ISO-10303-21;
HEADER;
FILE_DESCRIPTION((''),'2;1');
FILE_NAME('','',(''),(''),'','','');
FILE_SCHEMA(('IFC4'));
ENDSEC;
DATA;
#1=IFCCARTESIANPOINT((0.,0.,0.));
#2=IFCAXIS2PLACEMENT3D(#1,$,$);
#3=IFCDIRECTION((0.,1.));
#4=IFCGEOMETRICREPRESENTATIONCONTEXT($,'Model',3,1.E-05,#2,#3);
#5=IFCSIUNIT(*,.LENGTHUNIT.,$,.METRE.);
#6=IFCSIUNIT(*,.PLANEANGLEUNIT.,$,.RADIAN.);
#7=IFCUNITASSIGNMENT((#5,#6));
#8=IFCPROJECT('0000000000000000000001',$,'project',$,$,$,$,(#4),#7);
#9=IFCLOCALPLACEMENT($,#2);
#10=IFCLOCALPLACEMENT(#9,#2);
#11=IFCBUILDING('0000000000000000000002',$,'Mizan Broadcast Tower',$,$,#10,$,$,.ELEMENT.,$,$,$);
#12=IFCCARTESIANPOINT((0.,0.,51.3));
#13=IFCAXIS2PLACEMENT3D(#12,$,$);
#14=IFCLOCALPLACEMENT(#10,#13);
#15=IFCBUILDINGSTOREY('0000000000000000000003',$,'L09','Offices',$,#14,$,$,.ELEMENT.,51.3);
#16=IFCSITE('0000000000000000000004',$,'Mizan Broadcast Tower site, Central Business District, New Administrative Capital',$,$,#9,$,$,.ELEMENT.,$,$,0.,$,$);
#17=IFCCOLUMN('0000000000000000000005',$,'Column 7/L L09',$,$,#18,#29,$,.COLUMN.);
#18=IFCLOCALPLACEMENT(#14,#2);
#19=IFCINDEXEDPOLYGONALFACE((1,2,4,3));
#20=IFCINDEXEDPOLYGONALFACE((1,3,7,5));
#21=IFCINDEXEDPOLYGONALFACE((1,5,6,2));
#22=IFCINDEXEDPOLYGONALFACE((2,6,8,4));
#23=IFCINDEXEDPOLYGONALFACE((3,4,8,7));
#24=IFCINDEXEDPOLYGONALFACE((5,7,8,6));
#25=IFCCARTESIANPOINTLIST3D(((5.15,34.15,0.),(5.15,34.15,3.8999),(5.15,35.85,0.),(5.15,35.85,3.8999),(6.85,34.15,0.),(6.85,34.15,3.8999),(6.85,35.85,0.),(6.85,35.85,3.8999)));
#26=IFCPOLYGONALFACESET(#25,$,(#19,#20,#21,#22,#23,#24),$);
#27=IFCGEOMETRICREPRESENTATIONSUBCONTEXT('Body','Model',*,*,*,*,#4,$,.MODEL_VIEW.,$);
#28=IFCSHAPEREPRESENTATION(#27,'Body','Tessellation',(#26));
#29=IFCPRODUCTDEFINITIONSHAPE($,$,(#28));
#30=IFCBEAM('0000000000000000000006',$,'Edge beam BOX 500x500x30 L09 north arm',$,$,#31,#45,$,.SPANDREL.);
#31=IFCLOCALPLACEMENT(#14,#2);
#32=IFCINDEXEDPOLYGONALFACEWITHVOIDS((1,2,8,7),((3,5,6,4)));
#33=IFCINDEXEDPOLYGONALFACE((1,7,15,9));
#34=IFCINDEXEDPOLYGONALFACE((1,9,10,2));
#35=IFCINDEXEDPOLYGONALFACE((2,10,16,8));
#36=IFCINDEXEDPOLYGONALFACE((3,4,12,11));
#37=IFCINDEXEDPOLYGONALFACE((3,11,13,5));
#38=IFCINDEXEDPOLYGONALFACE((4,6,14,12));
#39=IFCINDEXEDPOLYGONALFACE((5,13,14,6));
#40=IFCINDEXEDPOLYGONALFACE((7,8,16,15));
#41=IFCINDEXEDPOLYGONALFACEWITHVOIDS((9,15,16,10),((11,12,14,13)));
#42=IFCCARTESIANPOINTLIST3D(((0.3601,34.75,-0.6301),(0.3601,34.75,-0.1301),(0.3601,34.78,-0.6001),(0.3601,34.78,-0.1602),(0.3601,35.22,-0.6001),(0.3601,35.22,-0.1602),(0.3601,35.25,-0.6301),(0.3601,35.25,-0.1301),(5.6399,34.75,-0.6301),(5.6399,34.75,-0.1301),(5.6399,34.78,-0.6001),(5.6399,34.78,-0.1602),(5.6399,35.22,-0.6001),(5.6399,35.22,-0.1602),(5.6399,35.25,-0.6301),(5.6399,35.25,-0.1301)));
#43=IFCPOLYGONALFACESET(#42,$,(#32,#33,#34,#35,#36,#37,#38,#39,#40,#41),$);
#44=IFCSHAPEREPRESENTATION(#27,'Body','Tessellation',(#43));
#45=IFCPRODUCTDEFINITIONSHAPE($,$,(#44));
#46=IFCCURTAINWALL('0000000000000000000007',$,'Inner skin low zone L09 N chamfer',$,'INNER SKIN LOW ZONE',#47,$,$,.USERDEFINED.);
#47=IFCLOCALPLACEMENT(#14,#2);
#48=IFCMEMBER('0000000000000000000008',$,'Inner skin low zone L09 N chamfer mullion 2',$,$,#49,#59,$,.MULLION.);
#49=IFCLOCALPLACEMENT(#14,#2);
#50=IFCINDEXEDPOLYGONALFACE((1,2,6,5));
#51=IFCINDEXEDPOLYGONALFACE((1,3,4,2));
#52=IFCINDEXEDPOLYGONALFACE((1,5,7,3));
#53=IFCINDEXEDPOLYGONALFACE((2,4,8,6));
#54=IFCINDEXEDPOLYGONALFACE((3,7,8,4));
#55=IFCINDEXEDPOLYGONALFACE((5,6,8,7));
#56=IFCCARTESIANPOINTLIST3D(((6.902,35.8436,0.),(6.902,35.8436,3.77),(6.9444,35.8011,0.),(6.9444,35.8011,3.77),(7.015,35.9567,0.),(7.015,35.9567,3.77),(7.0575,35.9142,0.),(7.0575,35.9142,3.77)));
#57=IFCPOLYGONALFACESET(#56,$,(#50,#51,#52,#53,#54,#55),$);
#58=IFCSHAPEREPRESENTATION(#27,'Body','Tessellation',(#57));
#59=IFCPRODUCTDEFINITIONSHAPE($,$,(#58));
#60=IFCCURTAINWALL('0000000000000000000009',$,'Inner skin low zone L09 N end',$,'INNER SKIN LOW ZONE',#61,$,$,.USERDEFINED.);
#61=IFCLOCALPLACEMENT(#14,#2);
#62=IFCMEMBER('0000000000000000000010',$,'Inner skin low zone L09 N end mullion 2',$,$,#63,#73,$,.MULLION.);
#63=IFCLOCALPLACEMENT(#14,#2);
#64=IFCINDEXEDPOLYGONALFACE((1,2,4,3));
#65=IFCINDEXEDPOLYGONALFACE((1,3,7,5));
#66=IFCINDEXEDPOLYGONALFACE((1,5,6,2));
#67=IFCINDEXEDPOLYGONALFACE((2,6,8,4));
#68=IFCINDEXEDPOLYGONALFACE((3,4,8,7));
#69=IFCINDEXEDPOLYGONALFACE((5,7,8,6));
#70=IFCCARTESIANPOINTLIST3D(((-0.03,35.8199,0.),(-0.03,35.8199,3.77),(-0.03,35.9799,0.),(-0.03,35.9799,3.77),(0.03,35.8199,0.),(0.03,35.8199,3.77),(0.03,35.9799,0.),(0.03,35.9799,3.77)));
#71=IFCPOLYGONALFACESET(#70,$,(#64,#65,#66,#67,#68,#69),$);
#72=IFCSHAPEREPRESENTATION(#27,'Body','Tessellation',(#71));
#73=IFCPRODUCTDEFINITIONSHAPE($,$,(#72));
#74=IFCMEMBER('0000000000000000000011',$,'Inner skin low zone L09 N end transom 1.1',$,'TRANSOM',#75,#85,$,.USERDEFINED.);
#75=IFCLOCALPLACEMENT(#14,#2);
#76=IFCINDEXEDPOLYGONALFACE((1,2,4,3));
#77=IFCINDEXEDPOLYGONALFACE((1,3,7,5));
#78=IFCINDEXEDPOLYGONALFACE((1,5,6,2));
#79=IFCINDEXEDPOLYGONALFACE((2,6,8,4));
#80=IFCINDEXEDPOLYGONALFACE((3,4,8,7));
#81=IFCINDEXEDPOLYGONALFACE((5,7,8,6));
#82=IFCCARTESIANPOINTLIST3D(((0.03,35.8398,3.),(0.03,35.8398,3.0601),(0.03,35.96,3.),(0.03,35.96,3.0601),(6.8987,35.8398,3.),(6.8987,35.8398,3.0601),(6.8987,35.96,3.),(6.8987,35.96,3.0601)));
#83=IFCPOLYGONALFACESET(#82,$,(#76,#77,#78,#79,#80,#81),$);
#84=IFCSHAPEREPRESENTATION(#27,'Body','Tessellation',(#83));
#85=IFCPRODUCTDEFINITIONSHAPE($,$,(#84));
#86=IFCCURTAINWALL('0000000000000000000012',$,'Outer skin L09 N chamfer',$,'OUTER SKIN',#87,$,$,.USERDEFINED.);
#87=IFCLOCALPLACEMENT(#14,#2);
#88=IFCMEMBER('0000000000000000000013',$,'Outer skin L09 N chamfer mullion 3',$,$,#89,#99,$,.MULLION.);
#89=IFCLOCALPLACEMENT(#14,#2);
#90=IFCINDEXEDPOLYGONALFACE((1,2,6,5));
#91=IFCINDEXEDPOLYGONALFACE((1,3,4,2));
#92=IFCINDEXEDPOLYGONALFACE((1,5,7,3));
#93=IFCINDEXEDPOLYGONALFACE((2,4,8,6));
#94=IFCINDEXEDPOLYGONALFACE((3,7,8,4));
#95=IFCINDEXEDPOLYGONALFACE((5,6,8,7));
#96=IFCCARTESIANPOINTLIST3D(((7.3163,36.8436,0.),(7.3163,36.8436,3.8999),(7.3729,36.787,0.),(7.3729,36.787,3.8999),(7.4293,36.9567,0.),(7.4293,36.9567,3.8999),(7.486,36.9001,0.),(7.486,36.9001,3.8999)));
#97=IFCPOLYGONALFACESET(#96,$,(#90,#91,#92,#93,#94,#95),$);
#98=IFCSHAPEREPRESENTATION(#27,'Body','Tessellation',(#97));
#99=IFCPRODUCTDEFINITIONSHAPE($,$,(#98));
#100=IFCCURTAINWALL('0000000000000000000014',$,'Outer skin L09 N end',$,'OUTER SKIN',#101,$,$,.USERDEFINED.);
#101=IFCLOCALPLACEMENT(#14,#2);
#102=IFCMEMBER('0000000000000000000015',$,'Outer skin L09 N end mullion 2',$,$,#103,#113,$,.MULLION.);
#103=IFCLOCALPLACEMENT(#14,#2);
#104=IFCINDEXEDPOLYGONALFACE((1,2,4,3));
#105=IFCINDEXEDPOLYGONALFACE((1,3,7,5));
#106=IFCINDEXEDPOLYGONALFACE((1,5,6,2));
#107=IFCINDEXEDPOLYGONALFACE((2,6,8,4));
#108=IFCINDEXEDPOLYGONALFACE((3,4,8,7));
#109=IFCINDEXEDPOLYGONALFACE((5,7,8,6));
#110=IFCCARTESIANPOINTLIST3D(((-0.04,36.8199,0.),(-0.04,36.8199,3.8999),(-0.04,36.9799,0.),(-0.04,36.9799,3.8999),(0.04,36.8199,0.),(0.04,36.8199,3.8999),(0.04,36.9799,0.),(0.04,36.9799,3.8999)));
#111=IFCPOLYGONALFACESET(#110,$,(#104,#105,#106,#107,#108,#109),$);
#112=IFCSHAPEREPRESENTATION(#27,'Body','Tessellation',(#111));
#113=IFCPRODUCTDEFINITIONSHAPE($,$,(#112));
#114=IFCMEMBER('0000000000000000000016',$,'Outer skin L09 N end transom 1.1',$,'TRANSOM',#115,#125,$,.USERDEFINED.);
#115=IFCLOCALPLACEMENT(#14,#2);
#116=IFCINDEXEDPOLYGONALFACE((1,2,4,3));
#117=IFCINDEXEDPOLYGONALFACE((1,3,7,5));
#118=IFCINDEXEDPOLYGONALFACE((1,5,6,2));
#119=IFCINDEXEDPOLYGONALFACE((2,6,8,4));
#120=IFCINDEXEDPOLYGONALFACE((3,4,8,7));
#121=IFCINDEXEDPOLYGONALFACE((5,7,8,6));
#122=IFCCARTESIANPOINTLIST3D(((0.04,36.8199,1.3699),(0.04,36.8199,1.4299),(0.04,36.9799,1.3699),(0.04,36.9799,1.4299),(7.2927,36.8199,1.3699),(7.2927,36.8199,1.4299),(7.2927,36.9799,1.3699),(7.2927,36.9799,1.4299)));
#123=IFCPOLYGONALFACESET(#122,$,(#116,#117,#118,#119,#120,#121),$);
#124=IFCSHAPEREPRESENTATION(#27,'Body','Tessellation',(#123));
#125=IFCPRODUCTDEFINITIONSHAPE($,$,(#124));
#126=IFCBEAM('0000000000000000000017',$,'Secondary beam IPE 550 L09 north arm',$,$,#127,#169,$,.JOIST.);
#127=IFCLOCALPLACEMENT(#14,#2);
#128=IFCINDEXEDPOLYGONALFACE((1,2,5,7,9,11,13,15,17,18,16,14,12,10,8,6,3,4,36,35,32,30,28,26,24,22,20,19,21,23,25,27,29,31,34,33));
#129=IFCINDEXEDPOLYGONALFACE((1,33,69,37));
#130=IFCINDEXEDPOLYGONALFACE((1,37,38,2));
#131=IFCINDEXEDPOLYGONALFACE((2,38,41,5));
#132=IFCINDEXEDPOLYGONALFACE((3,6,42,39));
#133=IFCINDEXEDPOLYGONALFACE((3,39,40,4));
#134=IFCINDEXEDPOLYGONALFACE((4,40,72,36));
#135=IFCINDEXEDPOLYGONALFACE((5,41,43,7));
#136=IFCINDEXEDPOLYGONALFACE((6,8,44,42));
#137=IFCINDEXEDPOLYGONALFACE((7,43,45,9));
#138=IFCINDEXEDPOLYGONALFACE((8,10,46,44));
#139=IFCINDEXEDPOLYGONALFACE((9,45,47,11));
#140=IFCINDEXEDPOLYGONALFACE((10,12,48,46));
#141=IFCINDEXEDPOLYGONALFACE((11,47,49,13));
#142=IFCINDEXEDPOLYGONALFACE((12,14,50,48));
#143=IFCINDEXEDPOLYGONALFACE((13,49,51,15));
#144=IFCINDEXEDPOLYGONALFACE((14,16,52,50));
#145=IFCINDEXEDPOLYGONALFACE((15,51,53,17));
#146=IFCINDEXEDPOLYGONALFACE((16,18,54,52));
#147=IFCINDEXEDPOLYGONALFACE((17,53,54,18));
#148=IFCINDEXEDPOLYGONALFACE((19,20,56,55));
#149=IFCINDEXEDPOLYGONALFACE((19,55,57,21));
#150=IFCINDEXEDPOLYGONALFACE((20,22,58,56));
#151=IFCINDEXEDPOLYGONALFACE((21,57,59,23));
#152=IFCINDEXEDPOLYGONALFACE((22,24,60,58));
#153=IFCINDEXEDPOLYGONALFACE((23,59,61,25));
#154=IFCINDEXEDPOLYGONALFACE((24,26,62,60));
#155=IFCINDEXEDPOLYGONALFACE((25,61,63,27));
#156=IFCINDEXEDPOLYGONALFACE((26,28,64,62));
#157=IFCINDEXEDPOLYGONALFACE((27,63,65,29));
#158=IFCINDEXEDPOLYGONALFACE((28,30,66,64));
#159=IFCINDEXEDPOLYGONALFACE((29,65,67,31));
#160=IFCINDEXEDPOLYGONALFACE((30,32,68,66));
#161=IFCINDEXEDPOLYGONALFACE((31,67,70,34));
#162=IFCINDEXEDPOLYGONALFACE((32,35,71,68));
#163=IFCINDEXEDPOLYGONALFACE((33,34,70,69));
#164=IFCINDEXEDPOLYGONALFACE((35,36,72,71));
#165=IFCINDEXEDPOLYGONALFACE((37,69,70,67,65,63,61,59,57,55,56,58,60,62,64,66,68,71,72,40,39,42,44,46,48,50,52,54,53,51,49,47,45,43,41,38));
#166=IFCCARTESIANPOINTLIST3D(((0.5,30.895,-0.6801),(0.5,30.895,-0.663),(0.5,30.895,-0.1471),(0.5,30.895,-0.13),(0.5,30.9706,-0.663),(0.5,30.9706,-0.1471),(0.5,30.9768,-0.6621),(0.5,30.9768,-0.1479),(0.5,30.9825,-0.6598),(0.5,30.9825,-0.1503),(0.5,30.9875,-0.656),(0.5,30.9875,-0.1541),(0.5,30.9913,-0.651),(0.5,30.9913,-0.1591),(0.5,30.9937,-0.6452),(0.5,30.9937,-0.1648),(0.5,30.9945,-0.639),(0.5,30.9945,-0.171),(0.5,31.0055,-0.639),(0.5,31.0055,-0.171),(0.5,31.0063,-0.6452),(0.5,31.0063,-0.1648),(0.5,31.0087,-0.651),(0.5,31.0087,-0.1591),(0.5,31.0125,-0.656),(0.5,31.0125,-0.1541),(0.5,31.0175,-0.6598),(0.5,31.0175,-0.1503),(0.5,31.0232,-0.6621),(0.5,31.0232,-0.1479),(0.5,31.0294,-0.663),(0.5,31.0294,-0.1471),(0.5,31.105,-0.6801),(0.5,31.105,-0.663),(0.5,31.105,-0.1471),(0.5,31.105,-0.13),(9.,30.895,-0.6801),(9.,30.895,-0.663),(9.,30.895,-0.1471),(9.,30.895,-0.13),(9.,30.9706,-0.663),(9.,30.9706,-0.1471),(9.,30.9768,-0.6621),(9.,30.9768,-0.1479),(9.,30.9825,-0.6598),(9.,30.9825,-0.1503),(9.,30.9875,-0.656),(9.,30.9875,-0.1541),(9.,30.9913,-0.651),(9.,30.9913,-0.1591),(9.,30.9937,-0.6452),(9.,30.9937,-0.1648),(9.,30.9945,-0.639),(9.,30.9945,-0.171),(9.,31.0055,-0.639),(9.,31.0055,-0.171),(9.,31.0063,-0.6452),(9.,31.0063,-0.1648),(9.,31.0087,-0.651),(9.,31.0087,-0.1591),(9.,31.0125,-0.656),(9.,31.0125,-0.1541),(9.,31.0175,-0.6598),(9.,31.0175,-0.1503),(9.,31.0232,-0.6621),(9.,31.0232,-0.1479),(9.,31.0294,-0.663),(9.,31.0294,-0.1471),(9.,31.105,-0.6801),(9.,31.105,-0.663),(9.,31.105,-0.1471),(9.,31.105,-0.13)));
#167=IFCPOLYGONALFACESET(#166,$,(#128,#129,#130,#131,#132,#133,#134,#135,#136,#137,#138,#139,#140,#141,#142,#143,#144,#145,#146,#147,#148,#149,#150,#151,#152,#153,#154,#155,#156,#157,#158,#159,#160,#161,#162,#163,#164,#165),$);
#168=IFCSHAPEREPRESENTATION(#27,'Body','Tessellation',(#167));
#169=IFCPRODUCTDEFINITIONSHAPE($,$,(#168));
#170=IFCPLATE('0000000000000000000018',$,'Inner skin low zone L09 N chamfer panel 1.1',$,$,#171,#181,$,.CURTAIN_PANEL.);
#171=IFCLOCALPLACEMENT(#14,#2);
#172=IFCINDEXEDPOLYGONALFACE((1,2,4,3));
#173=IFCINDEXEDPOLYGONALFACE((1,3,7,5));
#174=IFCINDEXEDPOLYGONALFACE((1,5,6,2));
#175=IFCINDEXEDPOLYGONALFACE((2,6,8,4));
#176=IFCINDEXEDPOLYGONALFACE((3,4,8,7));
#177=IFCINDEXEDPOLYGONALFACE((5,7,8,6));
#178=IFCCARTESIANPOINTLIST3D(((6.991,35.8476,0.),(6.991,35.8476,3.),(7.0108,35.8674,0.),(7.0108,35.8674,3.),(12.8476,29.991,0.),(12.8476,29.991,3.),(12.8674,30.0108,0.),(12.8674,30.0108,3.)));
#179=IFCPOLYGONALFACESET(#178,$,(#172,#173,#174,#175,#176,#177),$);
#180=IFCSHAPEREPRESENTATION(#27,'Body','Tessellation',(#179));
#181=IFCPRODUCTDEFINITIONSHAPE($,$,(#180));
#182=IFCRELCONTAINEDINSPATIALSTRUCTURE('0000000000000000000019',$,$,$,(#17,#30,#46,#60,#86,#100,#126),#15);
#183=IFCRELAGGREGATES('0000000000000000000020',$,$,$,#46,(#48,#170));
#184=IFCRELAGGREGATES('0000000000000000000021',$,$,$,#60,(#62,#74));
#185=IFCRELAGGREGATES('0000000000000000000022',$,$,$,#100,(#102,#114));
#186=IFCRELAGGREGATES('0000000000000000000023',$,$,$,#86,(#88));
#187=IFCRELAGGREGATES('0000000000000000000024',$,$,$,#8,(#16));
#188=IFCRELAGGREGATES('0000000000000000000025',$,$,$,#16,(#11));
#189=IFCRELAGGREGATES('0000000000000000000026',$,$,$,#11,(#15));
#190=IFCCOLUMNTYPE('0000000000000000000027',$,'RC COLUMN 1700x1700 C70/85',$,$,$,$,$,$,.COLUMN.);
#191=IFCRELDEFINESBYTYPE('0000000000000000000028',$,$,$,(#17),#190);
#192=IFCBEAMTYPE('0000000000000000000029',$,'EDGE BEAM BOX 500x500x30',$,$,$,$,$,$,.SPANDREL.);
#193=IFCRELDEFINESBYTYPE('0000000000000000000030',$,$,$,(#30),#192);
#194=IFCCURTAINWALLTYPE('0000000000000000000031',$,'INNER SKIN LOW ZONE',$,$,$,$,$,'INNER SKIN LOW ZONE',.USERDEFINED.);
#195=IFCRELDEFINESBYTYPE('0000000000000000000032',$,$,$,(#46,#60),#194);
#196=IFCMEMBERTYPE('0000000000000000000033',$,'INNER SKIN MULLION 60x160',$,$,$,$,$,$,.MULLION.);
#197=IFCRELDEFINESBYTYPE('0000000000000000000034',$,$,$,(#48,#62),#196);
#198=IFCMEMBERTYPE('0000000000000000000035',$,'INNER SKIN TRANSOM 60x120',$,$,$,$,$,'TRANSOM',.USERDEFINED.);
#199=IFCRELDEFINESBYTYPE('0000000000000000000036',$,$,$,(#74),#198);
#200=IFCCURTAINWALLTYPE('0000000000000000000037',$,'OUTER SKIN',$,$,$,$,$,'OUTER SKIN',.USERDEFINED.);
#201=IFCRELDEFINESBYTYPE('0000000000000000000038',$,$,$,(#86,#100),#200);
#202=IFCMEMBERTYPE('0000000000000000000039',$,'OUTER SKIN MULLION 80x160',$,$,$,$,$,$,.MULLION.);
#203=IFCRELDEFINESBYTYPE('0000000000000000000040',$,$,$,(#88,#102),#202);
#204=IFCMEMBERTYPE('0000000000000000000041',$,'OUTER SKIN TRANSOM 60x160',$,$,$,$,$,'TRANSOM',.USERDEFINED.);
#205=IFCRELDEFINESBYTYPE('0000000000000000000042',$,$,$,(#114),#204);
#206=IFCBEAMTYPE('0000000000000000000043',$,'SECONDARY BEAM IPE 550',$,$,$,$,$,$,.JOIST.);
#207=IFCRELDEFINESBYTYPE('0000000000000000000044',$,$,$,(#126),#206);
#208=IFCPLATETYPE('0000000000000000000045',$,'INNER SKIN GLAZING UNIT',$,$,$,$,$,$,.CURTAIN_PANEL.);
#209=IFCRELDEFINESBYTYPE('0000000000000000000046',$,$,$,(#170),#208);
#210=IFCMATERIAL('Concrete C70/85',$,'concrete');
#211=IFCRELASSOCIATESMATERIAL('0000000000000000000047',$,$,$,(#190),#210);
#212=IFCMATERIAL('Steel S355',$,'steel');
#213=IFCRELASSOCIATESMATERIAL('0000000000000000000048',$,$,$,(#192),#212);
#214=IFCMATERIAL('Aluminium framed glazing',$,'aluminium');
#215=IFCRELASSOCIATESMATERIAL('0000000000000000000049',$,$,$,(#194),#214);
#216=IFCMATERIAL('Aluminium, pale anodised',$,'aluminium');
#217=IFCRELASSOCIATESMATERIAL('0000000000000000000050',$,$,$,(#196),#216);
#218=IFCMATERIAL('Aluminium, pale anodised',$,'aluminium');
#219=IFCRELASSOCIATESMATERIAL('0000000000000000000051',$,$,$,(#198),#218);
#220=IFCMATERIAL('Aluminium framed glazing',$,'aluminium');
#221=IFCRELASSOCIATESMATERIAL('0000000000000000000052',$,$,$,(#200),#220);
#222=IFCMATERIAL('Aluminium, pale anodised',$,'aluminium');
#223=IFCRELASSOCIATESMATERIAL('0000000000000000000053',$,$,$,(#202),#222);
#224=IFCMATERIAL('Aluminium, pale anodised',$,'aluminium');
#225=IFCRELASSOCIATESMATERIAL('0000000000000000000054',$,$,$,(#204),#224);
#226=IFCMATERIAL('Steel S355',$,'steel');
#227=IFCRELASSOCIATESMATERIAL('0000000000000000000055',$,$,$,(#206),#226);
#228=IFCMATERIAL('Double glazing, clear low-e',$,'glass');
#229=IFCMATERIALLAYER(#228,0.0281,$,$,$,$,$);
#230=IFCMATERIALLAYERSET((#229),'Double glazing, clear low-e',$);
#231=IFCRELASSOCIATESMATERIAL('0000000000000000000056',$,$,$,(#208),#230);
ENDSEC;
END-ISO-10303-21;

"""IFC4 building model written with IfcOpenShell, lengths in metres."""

from ifc_helpers import new_model, si_unit, direction, frame, origin, origin_2d, place, context, subcontext, project, spatial, rectangle, hollow_rectangle, i_section, extrude, material, layer, layer_set, material_profile, profile_set, type_object, element, aggregate, save


model = new_model("IFC4")

# Units and contexts
model_context = context("Model", 3, precision=1e-05, world=origin(), true_north=direction((0.0, 1.0)))
body_context = subcontext(model_context, "Body", "Model", "MODEL_VIEW")
ifc_project = project(units=[si_unit("LENGTHUNIT", "METRE"), si_unit("PLANEANGLEUNIT", "RADIAN")], contexts=[model_context])

# Site, building, storey
site_placement = place(None, origin())
site = spatial("IfcSite", under=ifc_project, at=site_placement, Name="Mizan Broadcast Tower site, Central Business District, New Administrative Capital", CompositionType="ELEMENT", RefElevation=0.0)
building_placement = place(site_placement, origin())
building = spatial("IfcBuilding", under=site, at=building_placement, Name="Mizan Broadcast Tower", CompositionType="ELEMENT")
storey_placement = place(building_placement, frame((0.0, 0.0, 51.3)))
storey = spatial("IfcBuildingStorey", under=building, at=storey_placement, Name="L09", Description="Offices", CompositionType="ELEMENT", Elevation=51.3)

# Column
ifc_material_1 = material(Name="Concrete C70/85", Category="concrete")
ifc_material_profile_1 = material_profile(ifc_material_1, rectangle(XDim=1.7, YDim=1.7, at=origin_2d()), Name="RC 1700x1700")
ifc_profile_set_1 = profile_set([ifc_material_profile_1], Name="Concrete C70/85")
column_type = type_object("IfcColumnType", Name="RC COLUMN 1700x1700 C70/85", PredefinedType="COLUMN", material=ifc_profile_set_1)
column_placement = place(storey_placement, frame((6.0, 35.0, 0.0), z_axis=(0.0, 0.0, 1.0), x_axis=(1.0, 0.0, 0.0)))
element("IfcColumn", 1, at=column_placement, inside=storey, type_object=column_type, Name="Column 7/L L09", PredefinedType="COLUMN", context=body_context, shape_type="SweptSolid", body=[
    extrude(rectangle(XDim=1.7, YDim=1.7, at=origin_2d()), origin(), (0.0, 0.0, 1.0), 3.8999),
])

# Beam
ifc_material_2 = material(Name="Steel S355", Category="steel")
ifc_material_profile_2 = material_profile(ifc_material_2, hollow_rectangle(XDim=0.5, YDim=0.5, WallThickness=0.03, at=origin_2d()), Name="BOX 500x500x30")
ifc_profile_set_2 = profile_set([ifc_material_profile_2], Name="Steel S355")
beam_type_1 = type_object("IfcBeamType", Name="EDGE BEAM BOX 500x500x30", PredefinedType="SPANDREL", material=ifc_profile_set_2)
beam_1_placement = place(storey_placement, frame((5.6399, 35.0, -0.3801), z_axis=(-1.0, 0.0, 0.0), x_axis=(0.0, -1.0, 0.0)))
element("IfcBeam", 2, at=beam_1_placement, inside=storey, type_object=beam_type_1, Name="Edge beam BOX 500x500x30 L09 north arm", PredefinedType="SPANDREL", context=body_context, shape_type="SweptSolid", body=[
    extrude(hollow_rectangle(XDim=0.5, YDim=0.5, WallThickness=0.03, at=origin_2d()), origin(), (0.0, 0.0, 1.0), 5.2798),
])

# Curtain wall, member
ifc_material_3 = material(Name="Aluminium framed glazing", Category="aluminium")
curtain_wall_type_1 = type_object("IfcCurtainWallType", Name="INNER SKIN LOW ZONE", ElementType="INNER SKIN LOW ZONE", PredefinedType="USERDEFINED", material=ifc_material_3)
curtain_wall_1_placement = place(storey_placement, origin())
curtain_wall_1 = element("IfcCurtainWall", 3, at=curtain_wall_1_placement, inside=storey, type_object=curtain_wall_type_1, Name="Inner skin low zone L09 N chamfer", ObjectType="INNER SKIN LOW ZONE", PredefinedType="USERDEFINED")
ifc_material_4 = material(Name="Aluminium, pale anodised", Category="aluminium")
ifc_material_profile_3 = material_profile(ifc_material_4, rectangle(XDim=0.1599, YDim=0.0601, at=origin_2d()), Name="MULLION 160x60")
ifc_profile_set_3 = profile_set([ifc_material_profile_3], Name="Aluminium, pale anodised")
member_type_1 = type_object("IfcMemberType", Name="INNER SKIN MULLION 60x160", PredefinedType="MULLION", material=ifc_profile_set_3)
member_1_placement = place(storey_placement, frame((6.9797, 35.8789, 0.0), z_axis=(0.0, 0.0, 1.0), x_axis=(-0.707107, -0.707107, 0.0)))
member_1 = element("IfcMember", 4, at=member_1_placement, type_object=member_type_1, Name="Inner skin low zone L09 N chamfer mullion 2", PredefinedType="MULLION", context=body_context, shape_type="SweptSolid", body=[
    extrude(rectangle(XDim=0.1599, YDim=0.0601, at=origin_2d()), origin(), (0.0, 0.0, 1.0), 3.77),
])

# Curtain wall, members
curtain_wall_2_placement = place(storey_placement, origin())
curtain_wall_2 = element("IfcCurtainWall", 5, at=curtain_wall_2_placement, inside=storey, type_object=curtain_wall_type_1, Name="Inner skin low zone L09 N end", ObjectType="INNER SKIN LOW ZONE", PredefinedType="USERDEFINED")
member_2_placement = place(storey_placement, frame((0.0, 35.8999, 0.0), z_axis=(0.0, 0.0, 1.0), x_axis=(0.0, -1.0, 0.0)))
member_2 = element("IfcMember", 6, at=member_2_placement, type_object=member_type_1, Name="Inner skin low zone L09 N end mullion 2", PredefinedType="MULLION", context=body_context, shape_type="SweptSolid", body=[
    extrude(rectangle(XDim=0.1599, YDim=0.0601, at=origin_2d()), origin(), (0.0, 0.0, 1.0), 3.77),
])
ifc_material_5 = material(Name="Aluminium, pale anodised", Category="aluminium")
ifc_material_profile_4 = material_profile(ifc_material_5, rectangle(XDim=0.1201, YDim=0.0601, at=origin_2d()), Name="TRANSOM 120x60")
ifc_profile_set_4 = profile_set([ifc_material_profile_4], Name="Aluminium, pale anodised")
member_type_2 = type_object("IfcMemberType", Name="INNER SKIN TRANSOM 60x120", ElementType="TRANSOM", PredefinedType="USERDEFINED", material=ifc_profile_set_4)
member_3_placement = place(storey_placement, frame((6.8987, 35.8999, 3.03), z_axis=(-1.0, 0.0, 0.0), x_axis=(0.0, -1.0, 0.0)))
member_3 = element("IfcMember", 7, at=member_3_placement, type_object=member_type_2, Name="Inner skin low zone L09 N end transom 1.1", ObjectType="TRANSOM", PredefinedType="USERDEFINED", context=body_context, shape_type="SweptSolid", body=[
    extrude(rectangle(XDim=0.1201, YDim=0.0601, at=origin_2d()), origin(), (0.0, 0.0, 1.0), 6.8687),
])

# Curtain wall, member
ifc_material_6 = material(Name="Aluminium framed glazing", Category="aluminium")
curtain_wall_type_2 = type_object("IfcCurtainWallType", Name="OUTER SKIN", ElementType="OUTER SKIN", PredefinedType="USERDEFINED", material=ifc_material_6)
curtain_wall_3_placement = place(storey_placement, origin())
curtain_wall_3 = element("IfcCurtainWall", 8, at=curtain_wall_3_placement, inside=storey, type_object=curtain_wall_type_2, Name="Outer skin L09 N chamfer", ObjectType="OUTER SKIN", PredefinedType="USERDEFINED")
ifc_material_7 = material(Name="Aluminium, pale anodised", Category="aluminium")
ifc_material_profile_5 = material_profile(ifc_material_7, rectangle(XDim=0.1599, YDim=0.0801, at=origin_2d()), Name="MULLION 160x80")
ifc_profile_set_5 = profile_set([ifc_material_profile_5], Name="Aluminium, pale anodised")
member_type_3 = type_object("IfcMemberType", Name="OUTER SKIN MULLION 80x160", PredefinedType="MULLION", material=ifc_profile_set_5)
member_4_placement = place(storey_placement, frame((7.4011, 36.8718, 0.0), z_axis=(0.0, 0.0, 1.0), x_axis=(-0.707107, -0.707107, 0.0)))
member_4 = element("IfcMember", 9, at=member_4_placement, type_object=member_type_3, Name="Outer skin L09 N chamfer mullion 3", PredefinedType="MULLION", context=body_context, shape_type="SweptSolid", body=[
    extrude(rectangle(XDim=0.1599, YDim=0.0801, at=origin_2d()), origin(), (0.0, 0.0, 1.0), 3.8999),
])

# Curtain wall, members
curtain_wall_4_placement = place(storey_placement, origin())
curtain_wall_4 = element("IfcCurtainWall", 10, at=curtain_wall_4_placement, inside=storey, type_object=curtain_wall_type_2, Name="Outer skin L09 N end", ObjectType="OUTER SKIN", PredefinedType="USERDEFINED")
member_5_placement = place(storey_placement, frame((0.0, 36.8999, 0.0), z_axis=(0.0, 0.0, 1.0), x_axis=(0.0, -1.0, 0.0)))
member_5 = element("IfcMember", 11, at=member_5_placement, type_object=member_type_3, Name="Outer skin L09 N end mullion 2", PredefinedType="MULLION", context=body_context, shape_type="SweptSolid", body=[
    extrude(rectangle(XDim=0.1599, YDim=0.0801, at=origin_2d()), origin(), (0.0, 0.0, 1.0), 3.8999),
])
ifc_material_8 = material(Name="Aluminium, pale anodised", Category="aluminium")
ifc_material_profile_6 = material_profile(ifc_material_8, rectangle(XDim=0.1599, YDim=0.0601, at=origin_2d()), Name="TRANSOM 160x60")
ifc_profile_set_6 = profile_set([ifc_material_profile_6], Name="Aluminium, pale anodised")
member_type_4 = type_object("IfcMemberType", Name="OUTER SKIN TRANSOM 60x160", ElementType="TRANSOM", PredefinedType="USERDEFINED", material=ifc_profile_set_6)
member_6_placement = place(storey_placement, frame((7.2927, 36.8999, 1.3999), z_axis=(-1.0, 0.0, 0.0), x_axis=(0.0, -1.0, 0.0)))
member_6 = element("IfcMember", 12, at=member_6_placement, type_object=member_type_4, Name="Outer skin L09 N end transom 1.1", ObjectType="TRANSOM", PredefinedType="USERDEFINED", context=body_context, shape_type="SweptSolid", body=[
    extrude(rectangle(XDim=0.1599, YDim=0.0601, at=origin_2d()), origin(), (0.0, 0.0, 1.0), 7.2527),
])

# Beam
ifc_material_9 = material(Name="Steel S355", Category="steel")
ifc_material_profile_7 = material_profile(ifc_material_9, i_section(OverallWidth=0.21, OverallDepth=0.55, WebThickness=0.011, FlangeThickness=0.0171, FilletRadius=0.0239, at=origin_2d()), Name="IPE 550")
ifc_profile_set_7 = profile_set([ifc_material_profile_7], Name="Steel S355")
beam_type_2 = type_object("IfcBeamType", Name="SECONDARY BEAM IPE 550", PredefinedType="JOIST", material=ifc_profile_set_7)
beam_2_placement = place(storey_placement, frame((9.0, 31.0, -0.405), z_axis=(-1.0, 0.0, 0.0), x_axis=(0.0, -1.0, 0.0)))
element("IfcBeam", 13, at=beam_2_placement, inside=storey, type_object=beam_type_2, Name="Secondary beam IPE 550 L09 north arm", PredefinedType="JOIST", context=body_context, shape_type="SweptSolid", body=[
    extrude(i_section(OverallWidth=0.21, OverallDepth=0.55, WebThickness=0.011, FlangeThickness=0.0171, FilletRadius=0.0239, at=origin_2d()), origin(), (0.0, 0.0, 1.0), 8.5),
])

# Plate
ifc_material_10 = material(Name="Double glazing, clear low-e", Category="glass")
ifc_layer_1 = layer(ifc_material_10, 0.0281)
ifc_layer_set_1 = layer_set([ifc_layer_1], Name="Double glazing, clear low-e")
plate_type_1 = type_object("IfcPlateType", Name="INNER SKIN GLAZING UNIT", PredefinedType="CURTAIN_PANEL", material=ifc_layer_set_1)
plate_1_placement = place(storey_placement, frame((9.9292, 32.9292, 0.0), z_axis=(0.0, 0.0, 1.0), x_axis=(-0.707107, 0.707107, 0.0)))
plate_1 = element("IfcPlate", 14, at=plate_1_placement, type_object=plate_type_1, Name="Inner skin low zone L09 N chamfer panel 1.1", PredefinedType="CURTAIN_PANEL", context=body_context, shape_type="SweptSolid", body=[
    extrude(rectangle(XDim=8.2825, YDim=0.0281, at=origin_2d()), origin(), (0.0, 0.0, 1.0), 3.0),
])
aggregate(curtain_wall_1, [member_1, plate_1])
aggregate(curtain_wall_2, [member_2, member_3])
aggregate(curtain_wall_4, [member_5, member_6])
aggregate(curtain_wall_3, [member_4])

save(model, "model.ifc")
